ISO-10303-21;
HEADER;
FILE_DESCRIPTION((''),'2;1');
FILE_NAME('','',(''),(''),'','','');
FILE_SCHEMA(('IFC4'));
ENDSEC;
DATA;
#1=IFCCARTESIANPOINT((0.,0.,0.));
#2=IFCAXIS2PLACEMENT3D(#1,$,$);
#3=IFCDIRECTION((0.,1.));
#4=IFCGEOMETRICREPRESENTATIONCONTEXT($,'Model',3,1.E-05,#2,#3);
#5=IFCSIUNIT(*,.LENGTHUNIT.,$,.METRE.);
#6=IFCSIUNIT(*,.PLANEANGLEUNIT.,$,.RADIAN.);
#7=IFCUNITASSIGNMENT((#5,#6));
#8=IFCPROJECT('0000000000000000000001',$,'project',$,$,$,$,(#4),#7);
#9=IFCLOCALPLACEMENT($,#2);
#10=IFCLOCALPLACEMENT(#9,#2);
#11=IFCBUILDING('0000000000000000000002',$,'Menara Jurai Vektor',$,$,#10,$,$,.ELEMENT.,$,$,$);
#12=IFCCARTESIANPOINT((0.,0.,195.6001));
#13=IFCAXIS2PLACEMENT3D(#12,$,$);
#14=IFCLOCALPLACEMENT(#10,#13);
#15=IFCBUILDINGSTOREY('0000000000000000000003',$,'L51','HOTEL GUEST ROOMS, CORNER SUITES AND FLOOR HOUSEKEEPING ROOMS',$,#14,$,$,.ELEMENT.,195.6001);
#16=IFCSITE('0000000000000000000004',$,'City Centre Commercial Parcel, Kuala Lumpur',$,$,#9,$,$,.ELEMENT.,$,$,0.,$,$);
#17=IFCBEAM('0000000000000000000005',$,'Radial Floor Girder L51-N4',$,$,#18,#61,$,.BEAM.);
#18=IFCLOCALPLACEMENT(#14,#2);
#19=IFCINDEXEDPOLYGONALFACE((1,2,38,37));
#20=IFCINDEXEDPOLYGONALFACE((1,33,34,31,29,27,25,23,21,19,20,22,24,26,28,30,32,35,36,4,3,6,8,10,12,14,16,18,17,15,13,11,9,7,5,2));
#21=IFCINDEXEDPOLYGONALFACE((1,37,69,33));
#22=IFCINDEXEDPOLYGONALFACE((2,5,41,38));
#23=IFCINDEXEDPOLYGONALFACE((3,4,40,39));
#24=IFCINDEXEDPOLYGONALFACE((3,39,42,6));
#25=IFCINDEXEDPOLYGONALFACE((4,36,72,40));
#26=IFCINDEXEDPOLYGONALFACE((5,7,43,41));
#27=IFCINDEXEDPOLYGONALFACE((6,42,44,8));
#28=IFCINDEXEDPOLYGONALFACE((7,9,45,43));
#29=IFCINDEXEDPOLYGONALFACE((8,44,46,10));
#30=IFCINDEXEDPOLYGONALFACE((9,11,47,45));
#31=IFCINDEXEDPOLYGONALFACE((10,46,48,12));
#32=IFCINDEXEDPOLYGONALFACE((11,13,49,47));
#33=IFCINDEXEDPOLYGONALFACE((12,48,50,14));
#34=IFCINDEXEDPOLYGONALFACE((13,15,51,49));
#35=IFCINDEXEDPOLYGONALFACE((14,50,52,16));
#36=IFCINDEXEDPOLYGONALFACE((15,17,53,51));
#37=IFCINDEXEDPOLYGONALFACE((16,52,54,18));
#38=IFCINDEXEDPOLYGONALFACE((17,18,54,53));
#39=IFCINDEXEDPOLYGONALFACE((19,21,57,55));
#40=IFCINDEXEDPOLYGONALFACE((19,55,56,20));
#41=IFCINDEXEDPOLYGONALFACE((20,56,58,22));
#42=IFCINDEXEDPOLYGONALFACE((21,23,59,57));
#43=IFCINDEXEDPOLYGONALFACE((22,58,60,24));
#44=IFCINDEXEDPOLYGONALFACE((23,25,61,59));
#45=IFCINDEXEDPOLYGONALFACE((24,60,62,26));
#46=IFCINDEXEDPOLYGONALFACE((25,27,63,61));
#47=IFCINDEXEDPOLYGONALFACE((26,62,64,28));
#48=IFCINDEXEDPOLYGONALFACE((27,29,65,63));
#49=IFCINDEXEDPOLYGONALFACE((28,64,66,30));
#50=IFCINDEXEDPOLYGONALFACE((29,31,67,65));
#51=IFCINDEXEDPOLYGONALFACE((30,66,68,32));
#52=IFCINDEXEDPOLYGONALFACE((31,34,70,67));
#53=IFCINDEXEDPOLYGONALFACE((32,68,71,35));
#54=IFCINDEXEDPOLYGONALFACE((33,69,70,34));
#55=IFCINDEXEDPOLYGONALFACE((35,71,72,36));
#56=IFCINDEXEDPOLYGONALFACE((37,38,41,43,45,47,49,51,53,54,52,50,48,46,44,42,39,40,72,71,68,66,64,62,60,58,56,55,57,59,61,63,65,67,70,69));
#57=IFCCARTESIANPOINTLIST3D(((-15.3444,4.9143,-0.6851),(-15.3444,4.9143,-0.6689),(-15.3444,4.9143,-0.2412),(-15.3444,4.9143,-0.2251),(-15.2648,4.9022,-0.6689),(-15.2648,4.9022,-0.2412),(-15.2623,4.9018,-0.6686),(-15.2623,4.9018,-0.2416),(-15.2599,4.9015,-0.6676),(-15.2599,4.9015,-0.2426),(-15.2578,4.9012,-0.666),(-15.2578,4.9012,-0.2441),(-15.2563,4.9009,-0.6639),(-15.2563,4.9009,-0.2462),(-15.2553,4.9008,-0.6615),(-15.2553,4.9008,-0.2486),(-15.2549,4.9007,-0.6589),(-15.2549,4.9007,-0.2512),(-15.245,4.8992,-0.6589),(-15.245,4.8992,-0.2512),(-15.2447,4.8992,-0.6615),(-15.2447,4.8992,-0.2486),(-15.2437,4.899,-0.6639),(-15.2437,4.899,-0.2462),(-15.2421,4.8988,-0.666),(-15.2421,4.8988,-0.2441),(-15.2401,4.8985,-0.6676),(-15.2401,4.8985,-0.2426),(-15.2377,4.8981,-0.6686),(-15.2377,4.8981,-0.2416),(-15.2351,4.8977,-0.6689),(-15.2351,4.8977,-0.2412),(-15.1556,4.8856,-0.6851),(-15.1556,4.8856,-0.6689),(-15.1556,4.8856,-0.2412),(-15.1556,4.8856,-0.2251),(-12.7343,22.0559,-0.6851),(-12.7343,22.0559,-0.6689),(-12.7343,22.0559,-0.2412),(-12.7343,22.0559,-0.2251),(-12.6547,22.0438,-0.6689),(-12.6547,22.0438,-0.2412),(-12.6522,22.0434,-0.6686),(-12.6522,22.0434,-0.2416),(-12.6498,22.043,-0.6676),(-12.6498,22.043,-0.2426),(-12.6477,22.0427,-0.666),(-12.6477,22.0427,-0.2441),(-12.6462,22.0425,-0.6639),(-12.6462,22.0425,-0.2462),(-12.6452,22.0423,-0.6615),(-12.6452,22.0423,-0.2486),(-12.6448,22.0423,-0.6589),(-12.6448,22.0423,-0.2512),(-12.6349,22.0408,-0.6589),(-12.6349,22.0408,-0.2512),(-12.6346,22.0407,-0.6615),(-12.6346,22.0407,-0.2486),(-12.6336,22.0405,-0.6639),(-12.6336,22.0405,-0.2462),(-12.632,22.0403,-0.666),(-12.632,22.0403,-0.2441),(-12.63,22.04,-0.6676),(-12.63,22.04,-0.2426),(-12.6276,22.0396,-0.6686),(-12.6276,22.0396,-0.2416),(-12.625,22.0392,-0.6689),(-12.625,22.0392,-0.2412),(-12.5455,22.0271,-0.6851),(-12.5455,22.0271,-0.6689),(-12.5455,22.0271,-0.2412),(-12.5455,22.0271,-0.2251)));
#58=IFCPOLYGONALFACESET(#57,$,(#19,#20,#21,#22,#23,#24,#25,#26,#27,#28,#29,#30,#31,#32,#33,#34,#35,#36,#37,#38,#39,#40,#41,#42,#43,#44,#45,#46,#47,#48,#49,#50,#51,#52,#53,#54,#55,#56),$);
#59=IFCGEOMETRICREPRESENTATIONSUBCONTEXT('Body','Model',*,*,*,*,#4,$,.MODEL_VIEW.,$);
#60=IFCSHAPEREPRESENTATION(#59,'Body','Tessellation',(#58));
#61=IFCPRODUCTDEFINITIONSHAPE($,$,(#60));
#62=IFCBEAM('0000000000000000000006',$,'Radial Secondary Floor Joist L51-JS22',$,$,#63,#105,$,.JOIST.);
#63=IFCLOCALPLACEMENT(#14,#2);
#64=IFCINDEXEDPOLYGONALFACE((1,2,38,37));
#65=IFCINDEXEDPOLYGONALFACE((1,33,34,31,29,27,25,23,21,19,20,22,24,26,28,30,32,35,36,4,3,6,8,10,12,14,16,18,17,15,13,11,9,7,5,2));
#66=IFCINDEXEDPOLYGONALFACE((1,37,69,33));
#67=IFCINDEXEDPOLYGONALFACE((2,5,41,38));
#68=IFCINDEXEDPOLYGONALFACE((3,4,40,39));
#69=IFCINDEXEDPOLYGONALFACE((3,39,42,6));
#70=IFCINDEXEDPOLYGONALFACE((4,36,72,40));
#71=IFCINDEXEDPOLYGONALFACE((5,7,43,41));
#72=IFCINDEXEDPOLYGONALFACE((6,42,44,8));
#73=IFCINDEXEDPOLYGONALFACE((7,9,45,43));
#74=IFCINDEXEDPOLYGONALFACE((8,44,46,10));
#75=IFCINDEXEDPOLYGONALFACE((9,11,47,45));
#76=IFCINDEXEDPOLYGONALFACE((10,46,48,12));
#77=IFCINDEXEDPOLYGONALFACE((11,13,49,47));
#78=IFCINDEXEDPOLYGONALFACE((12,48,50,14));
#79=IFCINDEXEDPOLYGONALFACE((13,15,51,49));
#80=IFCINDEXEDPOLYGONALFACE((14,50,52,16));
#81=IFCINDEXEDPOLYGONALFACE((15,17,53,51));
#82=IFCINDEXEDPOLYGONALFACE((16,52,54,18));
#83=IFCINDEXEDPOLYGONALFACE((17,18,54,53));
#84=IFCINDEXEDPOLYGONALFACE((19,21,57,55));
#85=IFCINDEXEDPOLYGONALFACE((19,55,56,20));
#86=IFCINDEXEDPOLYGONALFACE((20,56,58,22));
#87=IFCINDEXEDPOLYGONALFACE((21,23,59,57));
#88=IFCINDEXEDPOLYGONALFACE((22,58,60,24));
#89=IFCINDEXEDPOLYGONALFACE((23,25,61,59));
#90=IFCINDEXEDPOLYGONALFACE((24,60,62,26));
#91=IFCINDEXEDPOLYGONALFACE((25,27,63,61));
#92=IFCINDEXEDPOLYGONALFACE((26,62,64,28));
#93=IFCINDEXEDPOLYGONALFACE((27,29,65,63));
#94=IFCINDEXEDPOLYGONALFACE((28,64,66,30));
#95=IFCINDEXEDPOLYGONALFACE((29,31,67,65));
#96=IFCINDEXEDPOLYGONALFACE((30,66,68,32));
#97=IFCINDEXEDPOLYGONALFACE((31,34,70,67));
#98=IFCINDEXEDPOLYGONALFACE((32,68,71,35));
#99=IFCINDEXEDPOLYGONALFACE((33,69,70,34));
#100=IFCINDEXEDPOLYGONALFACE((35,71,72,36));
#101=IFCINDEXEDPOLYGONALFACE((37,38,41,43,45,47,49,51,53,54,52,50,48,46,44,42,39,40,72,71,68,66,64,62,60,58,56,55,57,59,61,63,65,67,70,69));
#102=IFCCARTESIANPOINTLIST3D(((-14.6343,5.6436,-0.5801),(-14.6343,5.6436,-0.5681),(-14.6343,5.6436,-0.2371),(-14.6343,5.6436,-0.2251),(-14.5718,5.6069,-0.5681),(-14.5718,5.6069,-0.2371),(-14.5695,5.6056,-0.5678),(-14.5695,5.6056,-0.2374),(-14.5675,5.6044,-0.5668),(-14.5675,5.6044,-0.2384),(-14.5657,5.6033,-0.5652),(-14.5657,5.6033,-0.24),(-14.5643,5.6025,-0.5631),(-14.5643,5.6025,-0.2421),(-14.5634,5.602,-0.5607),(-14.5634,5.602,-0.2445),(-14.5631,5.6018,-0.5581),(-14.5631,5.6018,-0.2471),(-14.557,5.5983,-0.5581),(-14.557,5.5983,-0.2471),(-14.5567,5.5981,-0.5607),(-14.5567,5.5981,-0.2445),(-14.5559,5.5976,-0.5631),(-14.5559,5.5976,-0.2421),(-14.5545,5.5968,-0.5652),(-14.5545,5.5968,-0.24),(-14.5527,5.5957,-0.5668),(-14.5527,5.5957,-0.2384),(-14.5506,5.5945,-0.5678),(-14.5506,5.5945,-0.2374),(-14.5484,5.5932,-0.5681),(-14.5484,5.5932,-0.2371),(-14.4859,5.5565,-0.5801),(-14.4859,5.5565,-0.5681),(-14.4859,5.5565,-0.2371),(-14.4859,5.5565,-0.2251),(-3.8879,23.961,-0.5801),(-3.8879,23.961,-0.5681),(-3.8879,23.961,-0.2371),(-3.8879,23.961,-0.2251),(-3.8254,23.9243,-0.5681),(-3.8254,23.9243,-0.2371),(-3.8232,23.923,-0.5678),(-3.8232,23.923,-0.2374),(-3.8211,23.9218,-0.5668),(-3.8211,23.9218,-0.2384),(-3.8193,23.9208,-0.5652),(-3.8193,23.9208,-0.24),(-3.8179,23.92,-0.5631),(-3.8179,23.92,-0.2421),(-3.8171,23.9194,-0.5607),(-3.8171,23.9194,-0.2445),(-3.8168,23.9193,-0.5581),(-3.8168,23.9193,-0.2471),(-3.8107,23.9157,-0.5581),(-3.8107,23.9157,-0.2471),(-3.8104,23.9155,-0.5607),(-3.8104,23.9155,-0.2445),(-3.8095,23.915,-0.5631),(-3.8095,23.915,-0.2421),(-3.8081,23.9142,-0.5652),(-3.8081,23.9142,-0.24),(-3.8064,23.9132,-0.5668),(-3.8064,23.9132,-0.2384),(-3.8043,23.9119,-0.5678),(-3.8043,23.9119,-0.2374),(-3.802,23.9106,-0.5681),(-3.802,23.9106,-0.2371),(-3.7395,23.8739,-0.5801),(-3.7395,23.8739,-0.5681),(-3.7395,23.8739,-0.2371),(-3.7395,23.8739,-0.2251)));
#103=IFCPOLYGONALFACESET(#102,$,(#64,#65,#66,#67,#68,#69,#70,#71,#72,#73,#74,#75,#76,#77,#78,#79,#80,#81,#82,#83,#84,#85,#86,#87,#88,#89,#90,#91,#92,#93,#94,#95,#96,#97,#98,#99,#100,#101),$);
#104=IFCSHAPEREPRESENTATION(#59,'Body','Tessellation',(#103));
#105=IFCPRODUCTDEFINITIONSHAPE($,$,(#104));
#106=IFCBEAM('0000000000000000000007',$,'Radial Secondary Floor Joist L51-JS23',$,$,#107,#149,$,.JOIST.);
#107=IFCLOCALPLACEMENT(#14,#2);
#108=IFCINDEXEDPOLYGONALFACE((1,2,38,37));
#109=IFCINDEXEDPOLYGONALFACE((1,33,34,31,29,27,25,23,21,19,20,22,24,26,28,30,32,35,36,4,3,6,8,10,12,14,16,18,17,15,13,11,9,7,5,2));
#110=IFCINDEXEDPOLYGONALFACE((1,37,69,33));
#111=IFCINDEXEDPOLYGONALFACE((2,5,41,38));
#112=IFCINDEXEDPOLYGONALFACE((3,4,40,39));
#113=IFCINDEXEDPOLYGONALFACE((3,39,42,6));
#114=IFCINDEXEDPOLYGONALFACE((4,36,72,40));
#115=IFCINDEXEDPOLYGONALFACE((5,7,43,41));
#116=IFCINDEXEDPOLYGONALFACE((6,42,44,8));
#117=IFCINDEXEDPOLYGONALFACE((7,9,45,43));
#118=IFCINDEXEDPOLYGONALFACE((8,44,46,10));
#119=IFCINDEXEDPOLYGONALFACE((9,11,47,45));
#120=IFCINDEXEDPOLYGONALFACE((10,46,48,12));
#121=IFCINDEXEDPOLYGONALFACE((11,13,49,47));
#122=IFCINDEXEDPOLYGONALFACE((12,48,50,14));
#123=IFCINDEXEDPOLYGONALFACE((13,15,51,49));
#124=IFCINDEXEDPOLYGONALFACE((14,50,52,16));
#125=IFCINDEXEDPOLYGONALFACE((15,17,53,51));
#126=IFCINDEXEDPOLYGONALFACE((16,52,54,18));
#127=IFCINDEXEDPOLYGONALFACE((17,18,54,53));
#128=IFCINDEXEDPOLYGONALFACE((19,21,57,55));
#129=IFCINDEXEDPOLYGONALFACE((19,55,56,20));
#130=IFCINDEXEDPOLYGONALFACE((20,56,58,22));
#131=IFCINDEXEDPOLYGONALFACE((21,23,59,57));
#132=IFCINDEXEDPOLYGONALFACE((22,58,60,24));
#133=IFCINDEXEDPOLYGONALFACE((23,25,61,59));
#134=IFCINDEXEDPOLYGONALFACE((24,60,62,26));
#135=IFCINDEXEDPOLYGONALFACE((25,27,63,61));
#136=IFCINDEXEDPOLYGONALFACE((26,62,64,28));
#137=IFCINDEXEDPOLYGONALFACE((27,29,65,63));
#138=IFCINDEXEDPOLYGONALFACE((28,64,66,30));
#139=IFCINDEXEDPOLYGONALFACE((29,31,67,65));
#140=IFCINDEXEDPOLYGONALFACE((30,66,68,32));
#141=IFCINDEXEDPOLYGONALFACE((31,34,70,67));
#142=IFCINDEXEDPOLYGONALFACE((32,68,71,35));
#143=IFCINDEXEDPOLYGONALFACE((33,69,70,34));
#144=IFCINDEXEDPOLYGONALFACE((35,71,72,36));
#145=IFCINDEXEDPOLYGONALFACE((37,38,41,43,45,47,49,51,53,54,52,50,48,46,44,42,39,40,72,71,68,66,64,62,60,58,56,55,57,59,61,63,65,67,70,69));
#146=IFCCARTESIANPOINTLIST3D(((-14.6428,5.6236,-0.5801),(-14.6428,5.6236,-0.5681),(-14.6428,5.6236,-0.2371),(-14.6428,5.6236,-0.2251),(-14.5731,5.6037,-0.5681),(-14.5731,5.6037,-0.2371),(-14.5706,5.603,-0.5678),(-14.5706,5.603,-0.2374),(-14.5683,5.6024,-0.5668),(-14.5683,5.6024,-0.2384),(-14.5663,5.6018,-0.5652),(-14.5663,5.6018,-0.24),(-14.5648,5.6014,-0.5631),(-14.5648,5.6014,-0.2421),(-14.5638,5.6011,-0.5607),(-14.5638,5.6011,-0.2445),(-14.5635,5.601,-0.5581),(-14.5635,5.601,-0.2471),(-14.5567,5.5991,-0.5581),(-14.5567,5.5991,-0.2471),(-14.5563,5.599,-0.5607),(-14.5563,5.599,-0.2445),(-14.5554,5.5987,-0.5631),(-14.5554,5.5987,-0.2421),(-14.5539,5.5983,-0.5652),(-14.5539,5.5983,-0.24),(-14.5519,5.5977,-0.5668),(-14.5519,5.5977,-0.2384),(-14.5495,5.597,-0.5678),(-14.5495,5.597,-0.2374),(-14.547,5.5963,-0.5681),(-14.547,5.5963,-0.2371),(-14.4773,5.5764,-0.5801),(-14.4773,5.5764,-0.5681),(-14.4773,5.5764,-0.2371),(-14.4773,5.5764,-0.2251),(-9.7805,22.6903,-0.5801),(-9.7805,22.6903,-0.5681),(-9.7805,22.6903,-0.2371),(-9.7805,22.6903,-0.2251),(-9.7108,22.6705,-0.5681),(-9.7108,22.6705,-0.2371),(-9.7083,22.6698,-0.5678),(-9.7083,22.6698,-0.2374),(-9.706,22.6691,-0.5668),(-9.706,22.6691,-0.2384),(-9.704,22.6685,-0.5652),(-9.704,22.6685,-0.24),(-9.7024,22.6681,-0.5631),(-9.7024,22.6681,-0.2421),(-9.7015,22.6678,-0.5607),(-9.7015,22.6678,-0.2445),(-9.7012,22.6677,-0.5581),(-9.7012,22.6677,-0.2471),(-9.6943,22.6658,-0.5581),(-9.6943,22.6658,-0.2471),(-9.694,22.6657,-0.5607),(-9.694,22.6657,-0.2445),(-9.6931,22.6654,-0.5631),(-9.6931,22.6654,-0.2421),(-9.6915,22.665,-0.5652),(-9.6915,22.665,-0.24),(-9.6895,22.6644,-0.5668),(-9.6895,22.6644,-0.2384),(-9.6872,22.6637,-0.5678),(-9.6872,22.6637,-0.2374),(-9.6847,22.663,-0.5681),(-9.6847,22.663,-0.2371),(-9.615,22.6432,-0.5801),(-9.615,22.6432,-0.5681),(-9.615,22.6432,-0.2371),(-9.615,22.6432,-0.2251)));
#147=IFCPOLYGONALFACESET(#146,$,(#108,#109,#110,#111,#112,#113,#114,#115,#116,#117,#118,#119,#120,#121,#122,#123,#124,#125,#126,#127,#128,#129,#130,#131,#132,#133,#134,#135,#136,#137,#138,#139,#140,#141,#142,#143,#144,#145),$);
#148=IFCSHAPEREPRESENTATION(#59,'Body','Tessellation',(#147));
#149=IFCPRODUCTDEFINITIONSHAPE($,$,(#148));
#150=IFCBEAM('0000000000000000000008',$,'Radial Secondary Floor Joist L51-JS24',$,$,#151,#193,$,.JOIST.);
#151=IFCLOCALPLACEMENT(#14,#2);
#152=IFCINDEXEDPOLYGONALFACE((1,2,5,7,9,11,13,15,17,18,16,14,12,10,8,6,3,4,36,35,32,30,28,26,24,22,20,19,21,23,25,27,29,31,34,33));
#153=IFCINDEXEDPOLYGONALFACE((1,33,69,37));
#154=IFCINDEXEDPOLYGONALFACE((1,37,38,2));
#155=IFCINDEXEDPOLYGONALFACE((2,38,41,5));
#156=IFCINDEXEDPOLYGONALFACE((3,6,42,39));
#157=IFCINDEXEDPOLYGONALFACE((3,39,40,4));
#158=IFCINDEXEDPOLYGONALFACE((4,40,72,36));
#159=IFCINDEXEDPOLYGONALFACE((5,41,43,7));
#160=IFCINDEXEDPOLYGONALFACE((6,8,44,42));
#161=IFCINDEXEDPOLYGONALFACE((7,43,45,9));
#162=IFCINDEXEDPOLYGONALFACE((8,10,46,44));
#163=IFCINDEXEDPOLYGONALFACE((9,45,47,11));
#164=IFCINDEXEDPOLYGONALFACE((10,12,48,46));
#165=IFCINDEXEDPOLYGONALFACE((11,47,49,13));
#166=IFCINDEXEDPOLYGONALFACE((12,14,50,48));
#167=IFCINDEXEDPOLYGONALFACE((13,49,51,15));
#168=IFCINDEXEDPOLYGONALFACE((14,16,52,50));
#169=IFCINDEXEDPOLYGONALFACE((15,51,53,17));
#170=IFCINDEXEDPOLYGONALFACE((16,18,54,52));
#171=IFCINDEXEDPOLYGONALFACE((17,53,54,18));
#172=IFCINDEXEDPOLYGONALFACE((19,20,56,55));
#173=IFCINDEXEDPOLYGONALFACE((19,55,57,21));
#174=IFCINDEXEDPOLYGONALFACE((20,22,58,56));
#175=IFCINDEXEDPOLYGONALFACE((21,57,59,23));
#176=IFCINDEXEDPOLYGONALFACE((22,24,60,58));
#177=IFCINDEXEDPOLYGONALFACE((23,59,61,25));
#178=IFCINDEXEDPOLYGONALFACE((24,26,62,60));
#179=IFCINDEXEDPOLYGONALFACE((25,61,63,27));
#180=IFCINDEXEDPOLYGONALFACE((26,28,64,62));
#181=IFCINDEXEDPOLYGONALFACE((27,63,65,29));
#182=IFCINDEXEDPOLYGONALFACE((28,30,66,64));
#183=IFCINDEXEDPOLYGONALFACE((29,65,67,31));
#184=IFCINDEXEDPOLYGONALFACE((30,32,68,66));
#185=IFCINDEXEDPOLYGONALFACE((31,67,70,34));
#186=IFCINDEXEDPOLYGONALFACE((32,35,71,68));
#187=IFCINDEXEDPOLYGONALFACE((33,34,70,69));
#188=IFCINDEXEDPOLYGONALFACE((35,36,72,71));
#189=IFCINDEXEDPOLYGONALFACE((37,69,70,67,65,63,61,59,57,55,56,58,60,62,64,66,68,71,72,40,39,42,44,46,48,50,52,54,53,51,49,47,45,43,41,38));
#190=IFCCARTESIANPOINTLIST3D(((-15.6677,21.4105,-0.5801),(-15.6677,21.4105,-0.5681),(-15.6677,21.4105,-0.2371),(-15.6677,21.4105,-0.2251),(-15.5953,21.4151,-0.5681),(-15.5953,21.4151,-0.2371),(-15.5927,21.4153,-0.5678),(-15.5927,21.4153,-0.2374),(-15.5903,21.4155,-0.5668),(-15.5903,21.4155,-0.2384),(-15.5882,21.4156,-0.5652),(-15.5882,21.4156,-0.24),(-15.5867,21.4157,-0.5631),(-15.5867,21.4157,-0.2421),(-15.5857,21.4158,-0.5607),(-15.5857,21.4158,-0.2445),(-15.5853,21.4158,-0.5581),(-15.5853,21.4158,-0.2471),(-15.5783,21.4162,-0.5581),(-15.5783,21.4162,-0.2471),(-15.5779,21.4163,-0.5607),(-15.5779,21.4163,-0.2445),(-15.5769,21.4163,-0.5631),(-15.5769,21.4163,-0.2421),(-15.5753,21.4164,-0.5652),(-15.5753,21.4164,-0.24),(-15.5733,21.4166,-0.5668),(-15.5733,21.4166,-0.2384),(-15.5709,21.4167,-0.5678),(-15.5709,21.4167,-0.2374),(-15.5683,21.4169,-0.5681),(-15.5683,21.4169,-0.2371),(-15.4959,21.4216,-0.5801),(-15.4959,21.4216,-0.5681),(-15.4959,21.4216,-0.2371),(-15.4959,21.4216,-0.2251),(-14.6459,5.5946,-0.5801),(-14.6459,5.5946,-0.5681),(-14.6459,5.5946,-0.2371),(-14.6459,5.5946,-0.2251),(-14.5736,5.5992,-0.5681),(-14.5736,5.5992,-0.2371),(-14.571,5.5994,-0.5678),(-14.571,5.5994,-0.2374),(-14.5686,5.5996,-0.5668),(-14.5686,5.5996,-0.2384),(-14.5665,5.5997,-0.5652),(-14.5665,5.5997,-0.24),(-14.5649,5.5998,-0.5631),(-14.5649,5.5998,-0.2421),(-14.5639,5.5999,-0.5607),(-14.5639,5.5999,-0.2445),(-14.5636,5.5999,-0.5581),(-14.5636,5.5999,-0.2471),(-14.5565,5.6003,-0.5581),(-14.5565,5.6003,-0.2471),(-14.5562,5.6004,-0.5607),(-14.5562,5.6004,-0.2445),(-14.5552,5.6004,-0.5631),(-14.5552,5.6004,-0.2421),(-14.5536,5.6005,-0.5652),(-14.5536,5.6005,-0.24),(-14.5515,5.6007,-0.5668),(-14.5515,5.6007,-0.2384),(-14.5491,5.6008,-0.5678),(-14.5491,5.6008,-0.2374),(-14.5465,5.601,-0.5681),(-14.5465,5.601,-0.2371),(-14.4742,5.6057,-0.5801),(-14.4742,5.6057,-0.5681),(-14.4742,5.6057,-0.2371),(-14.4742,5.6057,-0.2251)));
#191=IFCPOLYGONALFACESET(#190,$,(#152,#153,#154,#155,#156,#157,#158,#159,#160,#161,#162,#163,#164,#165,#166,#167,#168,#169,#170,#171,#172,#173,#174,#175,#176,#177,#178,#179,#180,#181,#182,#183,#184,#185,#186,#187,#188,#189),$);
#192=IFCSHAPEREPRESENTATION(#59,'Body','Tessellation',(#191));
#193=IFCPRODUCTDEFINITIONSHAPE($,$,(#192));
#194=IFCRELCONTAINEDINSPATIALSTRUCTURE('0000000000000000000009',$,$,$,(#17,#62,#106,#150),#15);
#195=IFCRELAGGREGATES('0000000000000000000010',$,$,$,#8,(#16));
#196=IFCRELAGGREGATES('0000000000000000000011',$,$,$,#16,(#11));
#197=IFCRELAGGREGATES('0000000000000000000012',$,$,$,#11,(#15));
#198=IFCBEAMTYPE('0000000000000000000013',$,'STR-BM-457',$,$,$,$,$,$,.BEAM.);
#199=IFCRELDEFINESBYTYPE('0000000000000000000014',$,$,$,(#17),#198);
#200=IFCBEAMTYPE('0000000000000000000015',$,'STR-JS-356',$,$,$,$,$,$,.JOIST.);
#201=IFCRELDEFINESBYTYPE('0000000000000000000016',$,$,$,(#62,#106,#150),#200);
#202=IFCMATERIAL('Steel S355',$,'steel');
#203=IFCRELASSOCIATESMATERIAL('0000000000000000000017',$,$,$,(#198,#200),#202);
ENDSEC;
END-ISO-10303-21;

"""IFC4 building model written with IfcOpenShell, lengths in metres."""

from ifc_helpers import new_model, si_unit, direction, frame, origin, origin_2d, place, context, subcontext, project, spatial, i_section, extrude, material, material_profile, profile_set, type_object, element, save


model = new_model("IFC4")

# Units and contexts
model_context = context("Model", 3, precision=1e-05, world=origin(), true_north=direction((0.0, 1.0)))
body_context = subcontext(model_context, "Body", "Model", "MODEL_VIEW")
ifc_project = project(units=[si_unit("LENGTHUNIT", "METRE"), si_unit("PLANEANGLEUNIT", "RADIAN")], contexts=[model_context])

# Site, building, storey
site_placement = place(None, origin())
site = spatial("IfcSite", under=ifc_project, at=site_placement, Name="City Centre Commercial Parcel, Kuala Lumpur", CompositionType="ELEMENT", RefElevation=0.0)
building_placement = place(site_placement, origin())
building = spatial("IfcBuilding", under=site, at=building_placement, Name="Menara Jurai Vektor", CompositionType="ELEMENT")
storey_placement = place(building_placement, frame((0.0, 0.0, 195.6001)))
storey = spatial("IfcBuildingStorey", under=building, at=storey_placement, Name="L51", Description="HOTEL GUEST ROOMS, CORNER SUITES AND FLOOR HOUSEKEEPING ROOMS", CompositionType="ELEMENT", Elevation=195.6001)

# Beams
ifc_material_1 = material(Name="Steel S355", Category="steel")
ifc_material_profile_1 = material_profile(ifc_material_1, i_section(OverallWidth=0.1909, OverallDepth=0.46, WebThickness=0.01, FlangeThickness=0.0161, FilletRadius=0.01, at=origin_2d()), Name="UKB 457x191x82")
ifc_profile_set_1 = profile_set([ifc_material_profile_1], Name="Steel S355")
beam_type_1 = type_object("IfcBeamType", Name="STR-BM-457", PredefinedType="BEAM", material=ifc_profile_set_1)
beam_1_placement = place(storey_placement, frame((-12.6399, 22.0415, -0.4551), z_axis=(-0.150532, -0.988605, 0.0), x_axis=(0.988605, -0.150532, 0.0)))
element("IfcBeam", 1, at=beam_1_placement, inside=storey, type_object=beam_type_1, Name="Radial Floor Girder L51-N4", PredefinedType="BEAM", context=body_context, shape_type="SweptSolid", body=[
    extrude(i_section(OverallWidth=0.1909, OverallDepth=0.46, WebThickness=0.01, FlangeThickness=0.0161, FilletRadius=0.01, at=origin_2d()), origin(), (0.0, 0.0, 1.0), 17.3391),
])
ifc_material_profile_2 = material_profile(ifc_material_1, i_section(OverallWidth=0.1721, OverallDepth=0.355, WebThickness=0.0071, FlangeThickness=0.012, FilletRadius=0.01, at=origin_2d()), Name="UKB 356x171x51")
ifc_profile_set_2 = profile_set([ifc_material_profile_2], Name="Steel S355")
beam_type_2 = type_object("IfcBeamType", Name="STR-JS-356", PredefinedType="JOIST", material=ifc_profile_set_2)
beam_2_placement = place(storey_placement, frame((-3.8137, 23.9175, -0.4026), z_axis=(-0.50602, -0.862522, 0.0), x_axis=(0.862522, -0.50602, 0.0)))
element("IfcBeam", 2, at=beam_2_placement, inside=storey, type_object=beam_type_2, Name="Radial Secondary Floor Joist L51-JS22", PredefinedType="JOIST", context=body_context, shape_type="SweptSolid", body=[
    extrude(i_section(OverallWidth=0.1721, OverallDepth=0.355, WebThickness=0.0071, FlangeThickness=0.012, FilletRadius=0.01, at=origin_2d()), origin(), (0.0, 0.0, 1.0), 21.2371),
])
beam_3_placement = place(storey_placement, frame((-9.6978, 22.6667, -0.4026), z_axis=(-0.273998, -0.96173, 0.0), x_axis=(0.96173, -0.273998, 0.0)))
element("IfcBeam", 3, at=beam_3_placement, inside=storey, type_object=beam_type_2, Name="Radial Secondary Floor Joist L51-JS23", PredefinedType="JOIST", context=body_context, shape_type="SweptSolid", body=[
    extrude(i_section(OverallWidth=0.1721, OverallDepth=0.355, WebThickness=0.0071, FlangeThickness=0.012, FilletRadius=0.01, at=origin_2d()), origin(), (0.0, 0.0, 1.0), 17.7458),
])
beam_4_placement = place(storey_placement, frame((-15.5818, 21.416, -0.4026), z_axis=(0.064467, -0.99792, 0.0), x_axis=(0.99792, 0.064467, 0.0)))
element("IfcBeam", 4, at=beam_4_placement, inside=storey, type_object=beam_type_2, Name="Radial Secondary Floor Joist L51-JS24", PredefinedType="JOIST", context=body_context, shape_type="SweptSolid", body=[
    extrude(i_section(OverallWidth=0.1721, OverallDepth=0.355, WebThickness=0.0071, FlangeThickness=0.012, FilletRadius=0.01, at=origin_2d()), origin(), (0.0, 0.0, 1.0), 15.8489),
])

save(model, "model.ifc")
